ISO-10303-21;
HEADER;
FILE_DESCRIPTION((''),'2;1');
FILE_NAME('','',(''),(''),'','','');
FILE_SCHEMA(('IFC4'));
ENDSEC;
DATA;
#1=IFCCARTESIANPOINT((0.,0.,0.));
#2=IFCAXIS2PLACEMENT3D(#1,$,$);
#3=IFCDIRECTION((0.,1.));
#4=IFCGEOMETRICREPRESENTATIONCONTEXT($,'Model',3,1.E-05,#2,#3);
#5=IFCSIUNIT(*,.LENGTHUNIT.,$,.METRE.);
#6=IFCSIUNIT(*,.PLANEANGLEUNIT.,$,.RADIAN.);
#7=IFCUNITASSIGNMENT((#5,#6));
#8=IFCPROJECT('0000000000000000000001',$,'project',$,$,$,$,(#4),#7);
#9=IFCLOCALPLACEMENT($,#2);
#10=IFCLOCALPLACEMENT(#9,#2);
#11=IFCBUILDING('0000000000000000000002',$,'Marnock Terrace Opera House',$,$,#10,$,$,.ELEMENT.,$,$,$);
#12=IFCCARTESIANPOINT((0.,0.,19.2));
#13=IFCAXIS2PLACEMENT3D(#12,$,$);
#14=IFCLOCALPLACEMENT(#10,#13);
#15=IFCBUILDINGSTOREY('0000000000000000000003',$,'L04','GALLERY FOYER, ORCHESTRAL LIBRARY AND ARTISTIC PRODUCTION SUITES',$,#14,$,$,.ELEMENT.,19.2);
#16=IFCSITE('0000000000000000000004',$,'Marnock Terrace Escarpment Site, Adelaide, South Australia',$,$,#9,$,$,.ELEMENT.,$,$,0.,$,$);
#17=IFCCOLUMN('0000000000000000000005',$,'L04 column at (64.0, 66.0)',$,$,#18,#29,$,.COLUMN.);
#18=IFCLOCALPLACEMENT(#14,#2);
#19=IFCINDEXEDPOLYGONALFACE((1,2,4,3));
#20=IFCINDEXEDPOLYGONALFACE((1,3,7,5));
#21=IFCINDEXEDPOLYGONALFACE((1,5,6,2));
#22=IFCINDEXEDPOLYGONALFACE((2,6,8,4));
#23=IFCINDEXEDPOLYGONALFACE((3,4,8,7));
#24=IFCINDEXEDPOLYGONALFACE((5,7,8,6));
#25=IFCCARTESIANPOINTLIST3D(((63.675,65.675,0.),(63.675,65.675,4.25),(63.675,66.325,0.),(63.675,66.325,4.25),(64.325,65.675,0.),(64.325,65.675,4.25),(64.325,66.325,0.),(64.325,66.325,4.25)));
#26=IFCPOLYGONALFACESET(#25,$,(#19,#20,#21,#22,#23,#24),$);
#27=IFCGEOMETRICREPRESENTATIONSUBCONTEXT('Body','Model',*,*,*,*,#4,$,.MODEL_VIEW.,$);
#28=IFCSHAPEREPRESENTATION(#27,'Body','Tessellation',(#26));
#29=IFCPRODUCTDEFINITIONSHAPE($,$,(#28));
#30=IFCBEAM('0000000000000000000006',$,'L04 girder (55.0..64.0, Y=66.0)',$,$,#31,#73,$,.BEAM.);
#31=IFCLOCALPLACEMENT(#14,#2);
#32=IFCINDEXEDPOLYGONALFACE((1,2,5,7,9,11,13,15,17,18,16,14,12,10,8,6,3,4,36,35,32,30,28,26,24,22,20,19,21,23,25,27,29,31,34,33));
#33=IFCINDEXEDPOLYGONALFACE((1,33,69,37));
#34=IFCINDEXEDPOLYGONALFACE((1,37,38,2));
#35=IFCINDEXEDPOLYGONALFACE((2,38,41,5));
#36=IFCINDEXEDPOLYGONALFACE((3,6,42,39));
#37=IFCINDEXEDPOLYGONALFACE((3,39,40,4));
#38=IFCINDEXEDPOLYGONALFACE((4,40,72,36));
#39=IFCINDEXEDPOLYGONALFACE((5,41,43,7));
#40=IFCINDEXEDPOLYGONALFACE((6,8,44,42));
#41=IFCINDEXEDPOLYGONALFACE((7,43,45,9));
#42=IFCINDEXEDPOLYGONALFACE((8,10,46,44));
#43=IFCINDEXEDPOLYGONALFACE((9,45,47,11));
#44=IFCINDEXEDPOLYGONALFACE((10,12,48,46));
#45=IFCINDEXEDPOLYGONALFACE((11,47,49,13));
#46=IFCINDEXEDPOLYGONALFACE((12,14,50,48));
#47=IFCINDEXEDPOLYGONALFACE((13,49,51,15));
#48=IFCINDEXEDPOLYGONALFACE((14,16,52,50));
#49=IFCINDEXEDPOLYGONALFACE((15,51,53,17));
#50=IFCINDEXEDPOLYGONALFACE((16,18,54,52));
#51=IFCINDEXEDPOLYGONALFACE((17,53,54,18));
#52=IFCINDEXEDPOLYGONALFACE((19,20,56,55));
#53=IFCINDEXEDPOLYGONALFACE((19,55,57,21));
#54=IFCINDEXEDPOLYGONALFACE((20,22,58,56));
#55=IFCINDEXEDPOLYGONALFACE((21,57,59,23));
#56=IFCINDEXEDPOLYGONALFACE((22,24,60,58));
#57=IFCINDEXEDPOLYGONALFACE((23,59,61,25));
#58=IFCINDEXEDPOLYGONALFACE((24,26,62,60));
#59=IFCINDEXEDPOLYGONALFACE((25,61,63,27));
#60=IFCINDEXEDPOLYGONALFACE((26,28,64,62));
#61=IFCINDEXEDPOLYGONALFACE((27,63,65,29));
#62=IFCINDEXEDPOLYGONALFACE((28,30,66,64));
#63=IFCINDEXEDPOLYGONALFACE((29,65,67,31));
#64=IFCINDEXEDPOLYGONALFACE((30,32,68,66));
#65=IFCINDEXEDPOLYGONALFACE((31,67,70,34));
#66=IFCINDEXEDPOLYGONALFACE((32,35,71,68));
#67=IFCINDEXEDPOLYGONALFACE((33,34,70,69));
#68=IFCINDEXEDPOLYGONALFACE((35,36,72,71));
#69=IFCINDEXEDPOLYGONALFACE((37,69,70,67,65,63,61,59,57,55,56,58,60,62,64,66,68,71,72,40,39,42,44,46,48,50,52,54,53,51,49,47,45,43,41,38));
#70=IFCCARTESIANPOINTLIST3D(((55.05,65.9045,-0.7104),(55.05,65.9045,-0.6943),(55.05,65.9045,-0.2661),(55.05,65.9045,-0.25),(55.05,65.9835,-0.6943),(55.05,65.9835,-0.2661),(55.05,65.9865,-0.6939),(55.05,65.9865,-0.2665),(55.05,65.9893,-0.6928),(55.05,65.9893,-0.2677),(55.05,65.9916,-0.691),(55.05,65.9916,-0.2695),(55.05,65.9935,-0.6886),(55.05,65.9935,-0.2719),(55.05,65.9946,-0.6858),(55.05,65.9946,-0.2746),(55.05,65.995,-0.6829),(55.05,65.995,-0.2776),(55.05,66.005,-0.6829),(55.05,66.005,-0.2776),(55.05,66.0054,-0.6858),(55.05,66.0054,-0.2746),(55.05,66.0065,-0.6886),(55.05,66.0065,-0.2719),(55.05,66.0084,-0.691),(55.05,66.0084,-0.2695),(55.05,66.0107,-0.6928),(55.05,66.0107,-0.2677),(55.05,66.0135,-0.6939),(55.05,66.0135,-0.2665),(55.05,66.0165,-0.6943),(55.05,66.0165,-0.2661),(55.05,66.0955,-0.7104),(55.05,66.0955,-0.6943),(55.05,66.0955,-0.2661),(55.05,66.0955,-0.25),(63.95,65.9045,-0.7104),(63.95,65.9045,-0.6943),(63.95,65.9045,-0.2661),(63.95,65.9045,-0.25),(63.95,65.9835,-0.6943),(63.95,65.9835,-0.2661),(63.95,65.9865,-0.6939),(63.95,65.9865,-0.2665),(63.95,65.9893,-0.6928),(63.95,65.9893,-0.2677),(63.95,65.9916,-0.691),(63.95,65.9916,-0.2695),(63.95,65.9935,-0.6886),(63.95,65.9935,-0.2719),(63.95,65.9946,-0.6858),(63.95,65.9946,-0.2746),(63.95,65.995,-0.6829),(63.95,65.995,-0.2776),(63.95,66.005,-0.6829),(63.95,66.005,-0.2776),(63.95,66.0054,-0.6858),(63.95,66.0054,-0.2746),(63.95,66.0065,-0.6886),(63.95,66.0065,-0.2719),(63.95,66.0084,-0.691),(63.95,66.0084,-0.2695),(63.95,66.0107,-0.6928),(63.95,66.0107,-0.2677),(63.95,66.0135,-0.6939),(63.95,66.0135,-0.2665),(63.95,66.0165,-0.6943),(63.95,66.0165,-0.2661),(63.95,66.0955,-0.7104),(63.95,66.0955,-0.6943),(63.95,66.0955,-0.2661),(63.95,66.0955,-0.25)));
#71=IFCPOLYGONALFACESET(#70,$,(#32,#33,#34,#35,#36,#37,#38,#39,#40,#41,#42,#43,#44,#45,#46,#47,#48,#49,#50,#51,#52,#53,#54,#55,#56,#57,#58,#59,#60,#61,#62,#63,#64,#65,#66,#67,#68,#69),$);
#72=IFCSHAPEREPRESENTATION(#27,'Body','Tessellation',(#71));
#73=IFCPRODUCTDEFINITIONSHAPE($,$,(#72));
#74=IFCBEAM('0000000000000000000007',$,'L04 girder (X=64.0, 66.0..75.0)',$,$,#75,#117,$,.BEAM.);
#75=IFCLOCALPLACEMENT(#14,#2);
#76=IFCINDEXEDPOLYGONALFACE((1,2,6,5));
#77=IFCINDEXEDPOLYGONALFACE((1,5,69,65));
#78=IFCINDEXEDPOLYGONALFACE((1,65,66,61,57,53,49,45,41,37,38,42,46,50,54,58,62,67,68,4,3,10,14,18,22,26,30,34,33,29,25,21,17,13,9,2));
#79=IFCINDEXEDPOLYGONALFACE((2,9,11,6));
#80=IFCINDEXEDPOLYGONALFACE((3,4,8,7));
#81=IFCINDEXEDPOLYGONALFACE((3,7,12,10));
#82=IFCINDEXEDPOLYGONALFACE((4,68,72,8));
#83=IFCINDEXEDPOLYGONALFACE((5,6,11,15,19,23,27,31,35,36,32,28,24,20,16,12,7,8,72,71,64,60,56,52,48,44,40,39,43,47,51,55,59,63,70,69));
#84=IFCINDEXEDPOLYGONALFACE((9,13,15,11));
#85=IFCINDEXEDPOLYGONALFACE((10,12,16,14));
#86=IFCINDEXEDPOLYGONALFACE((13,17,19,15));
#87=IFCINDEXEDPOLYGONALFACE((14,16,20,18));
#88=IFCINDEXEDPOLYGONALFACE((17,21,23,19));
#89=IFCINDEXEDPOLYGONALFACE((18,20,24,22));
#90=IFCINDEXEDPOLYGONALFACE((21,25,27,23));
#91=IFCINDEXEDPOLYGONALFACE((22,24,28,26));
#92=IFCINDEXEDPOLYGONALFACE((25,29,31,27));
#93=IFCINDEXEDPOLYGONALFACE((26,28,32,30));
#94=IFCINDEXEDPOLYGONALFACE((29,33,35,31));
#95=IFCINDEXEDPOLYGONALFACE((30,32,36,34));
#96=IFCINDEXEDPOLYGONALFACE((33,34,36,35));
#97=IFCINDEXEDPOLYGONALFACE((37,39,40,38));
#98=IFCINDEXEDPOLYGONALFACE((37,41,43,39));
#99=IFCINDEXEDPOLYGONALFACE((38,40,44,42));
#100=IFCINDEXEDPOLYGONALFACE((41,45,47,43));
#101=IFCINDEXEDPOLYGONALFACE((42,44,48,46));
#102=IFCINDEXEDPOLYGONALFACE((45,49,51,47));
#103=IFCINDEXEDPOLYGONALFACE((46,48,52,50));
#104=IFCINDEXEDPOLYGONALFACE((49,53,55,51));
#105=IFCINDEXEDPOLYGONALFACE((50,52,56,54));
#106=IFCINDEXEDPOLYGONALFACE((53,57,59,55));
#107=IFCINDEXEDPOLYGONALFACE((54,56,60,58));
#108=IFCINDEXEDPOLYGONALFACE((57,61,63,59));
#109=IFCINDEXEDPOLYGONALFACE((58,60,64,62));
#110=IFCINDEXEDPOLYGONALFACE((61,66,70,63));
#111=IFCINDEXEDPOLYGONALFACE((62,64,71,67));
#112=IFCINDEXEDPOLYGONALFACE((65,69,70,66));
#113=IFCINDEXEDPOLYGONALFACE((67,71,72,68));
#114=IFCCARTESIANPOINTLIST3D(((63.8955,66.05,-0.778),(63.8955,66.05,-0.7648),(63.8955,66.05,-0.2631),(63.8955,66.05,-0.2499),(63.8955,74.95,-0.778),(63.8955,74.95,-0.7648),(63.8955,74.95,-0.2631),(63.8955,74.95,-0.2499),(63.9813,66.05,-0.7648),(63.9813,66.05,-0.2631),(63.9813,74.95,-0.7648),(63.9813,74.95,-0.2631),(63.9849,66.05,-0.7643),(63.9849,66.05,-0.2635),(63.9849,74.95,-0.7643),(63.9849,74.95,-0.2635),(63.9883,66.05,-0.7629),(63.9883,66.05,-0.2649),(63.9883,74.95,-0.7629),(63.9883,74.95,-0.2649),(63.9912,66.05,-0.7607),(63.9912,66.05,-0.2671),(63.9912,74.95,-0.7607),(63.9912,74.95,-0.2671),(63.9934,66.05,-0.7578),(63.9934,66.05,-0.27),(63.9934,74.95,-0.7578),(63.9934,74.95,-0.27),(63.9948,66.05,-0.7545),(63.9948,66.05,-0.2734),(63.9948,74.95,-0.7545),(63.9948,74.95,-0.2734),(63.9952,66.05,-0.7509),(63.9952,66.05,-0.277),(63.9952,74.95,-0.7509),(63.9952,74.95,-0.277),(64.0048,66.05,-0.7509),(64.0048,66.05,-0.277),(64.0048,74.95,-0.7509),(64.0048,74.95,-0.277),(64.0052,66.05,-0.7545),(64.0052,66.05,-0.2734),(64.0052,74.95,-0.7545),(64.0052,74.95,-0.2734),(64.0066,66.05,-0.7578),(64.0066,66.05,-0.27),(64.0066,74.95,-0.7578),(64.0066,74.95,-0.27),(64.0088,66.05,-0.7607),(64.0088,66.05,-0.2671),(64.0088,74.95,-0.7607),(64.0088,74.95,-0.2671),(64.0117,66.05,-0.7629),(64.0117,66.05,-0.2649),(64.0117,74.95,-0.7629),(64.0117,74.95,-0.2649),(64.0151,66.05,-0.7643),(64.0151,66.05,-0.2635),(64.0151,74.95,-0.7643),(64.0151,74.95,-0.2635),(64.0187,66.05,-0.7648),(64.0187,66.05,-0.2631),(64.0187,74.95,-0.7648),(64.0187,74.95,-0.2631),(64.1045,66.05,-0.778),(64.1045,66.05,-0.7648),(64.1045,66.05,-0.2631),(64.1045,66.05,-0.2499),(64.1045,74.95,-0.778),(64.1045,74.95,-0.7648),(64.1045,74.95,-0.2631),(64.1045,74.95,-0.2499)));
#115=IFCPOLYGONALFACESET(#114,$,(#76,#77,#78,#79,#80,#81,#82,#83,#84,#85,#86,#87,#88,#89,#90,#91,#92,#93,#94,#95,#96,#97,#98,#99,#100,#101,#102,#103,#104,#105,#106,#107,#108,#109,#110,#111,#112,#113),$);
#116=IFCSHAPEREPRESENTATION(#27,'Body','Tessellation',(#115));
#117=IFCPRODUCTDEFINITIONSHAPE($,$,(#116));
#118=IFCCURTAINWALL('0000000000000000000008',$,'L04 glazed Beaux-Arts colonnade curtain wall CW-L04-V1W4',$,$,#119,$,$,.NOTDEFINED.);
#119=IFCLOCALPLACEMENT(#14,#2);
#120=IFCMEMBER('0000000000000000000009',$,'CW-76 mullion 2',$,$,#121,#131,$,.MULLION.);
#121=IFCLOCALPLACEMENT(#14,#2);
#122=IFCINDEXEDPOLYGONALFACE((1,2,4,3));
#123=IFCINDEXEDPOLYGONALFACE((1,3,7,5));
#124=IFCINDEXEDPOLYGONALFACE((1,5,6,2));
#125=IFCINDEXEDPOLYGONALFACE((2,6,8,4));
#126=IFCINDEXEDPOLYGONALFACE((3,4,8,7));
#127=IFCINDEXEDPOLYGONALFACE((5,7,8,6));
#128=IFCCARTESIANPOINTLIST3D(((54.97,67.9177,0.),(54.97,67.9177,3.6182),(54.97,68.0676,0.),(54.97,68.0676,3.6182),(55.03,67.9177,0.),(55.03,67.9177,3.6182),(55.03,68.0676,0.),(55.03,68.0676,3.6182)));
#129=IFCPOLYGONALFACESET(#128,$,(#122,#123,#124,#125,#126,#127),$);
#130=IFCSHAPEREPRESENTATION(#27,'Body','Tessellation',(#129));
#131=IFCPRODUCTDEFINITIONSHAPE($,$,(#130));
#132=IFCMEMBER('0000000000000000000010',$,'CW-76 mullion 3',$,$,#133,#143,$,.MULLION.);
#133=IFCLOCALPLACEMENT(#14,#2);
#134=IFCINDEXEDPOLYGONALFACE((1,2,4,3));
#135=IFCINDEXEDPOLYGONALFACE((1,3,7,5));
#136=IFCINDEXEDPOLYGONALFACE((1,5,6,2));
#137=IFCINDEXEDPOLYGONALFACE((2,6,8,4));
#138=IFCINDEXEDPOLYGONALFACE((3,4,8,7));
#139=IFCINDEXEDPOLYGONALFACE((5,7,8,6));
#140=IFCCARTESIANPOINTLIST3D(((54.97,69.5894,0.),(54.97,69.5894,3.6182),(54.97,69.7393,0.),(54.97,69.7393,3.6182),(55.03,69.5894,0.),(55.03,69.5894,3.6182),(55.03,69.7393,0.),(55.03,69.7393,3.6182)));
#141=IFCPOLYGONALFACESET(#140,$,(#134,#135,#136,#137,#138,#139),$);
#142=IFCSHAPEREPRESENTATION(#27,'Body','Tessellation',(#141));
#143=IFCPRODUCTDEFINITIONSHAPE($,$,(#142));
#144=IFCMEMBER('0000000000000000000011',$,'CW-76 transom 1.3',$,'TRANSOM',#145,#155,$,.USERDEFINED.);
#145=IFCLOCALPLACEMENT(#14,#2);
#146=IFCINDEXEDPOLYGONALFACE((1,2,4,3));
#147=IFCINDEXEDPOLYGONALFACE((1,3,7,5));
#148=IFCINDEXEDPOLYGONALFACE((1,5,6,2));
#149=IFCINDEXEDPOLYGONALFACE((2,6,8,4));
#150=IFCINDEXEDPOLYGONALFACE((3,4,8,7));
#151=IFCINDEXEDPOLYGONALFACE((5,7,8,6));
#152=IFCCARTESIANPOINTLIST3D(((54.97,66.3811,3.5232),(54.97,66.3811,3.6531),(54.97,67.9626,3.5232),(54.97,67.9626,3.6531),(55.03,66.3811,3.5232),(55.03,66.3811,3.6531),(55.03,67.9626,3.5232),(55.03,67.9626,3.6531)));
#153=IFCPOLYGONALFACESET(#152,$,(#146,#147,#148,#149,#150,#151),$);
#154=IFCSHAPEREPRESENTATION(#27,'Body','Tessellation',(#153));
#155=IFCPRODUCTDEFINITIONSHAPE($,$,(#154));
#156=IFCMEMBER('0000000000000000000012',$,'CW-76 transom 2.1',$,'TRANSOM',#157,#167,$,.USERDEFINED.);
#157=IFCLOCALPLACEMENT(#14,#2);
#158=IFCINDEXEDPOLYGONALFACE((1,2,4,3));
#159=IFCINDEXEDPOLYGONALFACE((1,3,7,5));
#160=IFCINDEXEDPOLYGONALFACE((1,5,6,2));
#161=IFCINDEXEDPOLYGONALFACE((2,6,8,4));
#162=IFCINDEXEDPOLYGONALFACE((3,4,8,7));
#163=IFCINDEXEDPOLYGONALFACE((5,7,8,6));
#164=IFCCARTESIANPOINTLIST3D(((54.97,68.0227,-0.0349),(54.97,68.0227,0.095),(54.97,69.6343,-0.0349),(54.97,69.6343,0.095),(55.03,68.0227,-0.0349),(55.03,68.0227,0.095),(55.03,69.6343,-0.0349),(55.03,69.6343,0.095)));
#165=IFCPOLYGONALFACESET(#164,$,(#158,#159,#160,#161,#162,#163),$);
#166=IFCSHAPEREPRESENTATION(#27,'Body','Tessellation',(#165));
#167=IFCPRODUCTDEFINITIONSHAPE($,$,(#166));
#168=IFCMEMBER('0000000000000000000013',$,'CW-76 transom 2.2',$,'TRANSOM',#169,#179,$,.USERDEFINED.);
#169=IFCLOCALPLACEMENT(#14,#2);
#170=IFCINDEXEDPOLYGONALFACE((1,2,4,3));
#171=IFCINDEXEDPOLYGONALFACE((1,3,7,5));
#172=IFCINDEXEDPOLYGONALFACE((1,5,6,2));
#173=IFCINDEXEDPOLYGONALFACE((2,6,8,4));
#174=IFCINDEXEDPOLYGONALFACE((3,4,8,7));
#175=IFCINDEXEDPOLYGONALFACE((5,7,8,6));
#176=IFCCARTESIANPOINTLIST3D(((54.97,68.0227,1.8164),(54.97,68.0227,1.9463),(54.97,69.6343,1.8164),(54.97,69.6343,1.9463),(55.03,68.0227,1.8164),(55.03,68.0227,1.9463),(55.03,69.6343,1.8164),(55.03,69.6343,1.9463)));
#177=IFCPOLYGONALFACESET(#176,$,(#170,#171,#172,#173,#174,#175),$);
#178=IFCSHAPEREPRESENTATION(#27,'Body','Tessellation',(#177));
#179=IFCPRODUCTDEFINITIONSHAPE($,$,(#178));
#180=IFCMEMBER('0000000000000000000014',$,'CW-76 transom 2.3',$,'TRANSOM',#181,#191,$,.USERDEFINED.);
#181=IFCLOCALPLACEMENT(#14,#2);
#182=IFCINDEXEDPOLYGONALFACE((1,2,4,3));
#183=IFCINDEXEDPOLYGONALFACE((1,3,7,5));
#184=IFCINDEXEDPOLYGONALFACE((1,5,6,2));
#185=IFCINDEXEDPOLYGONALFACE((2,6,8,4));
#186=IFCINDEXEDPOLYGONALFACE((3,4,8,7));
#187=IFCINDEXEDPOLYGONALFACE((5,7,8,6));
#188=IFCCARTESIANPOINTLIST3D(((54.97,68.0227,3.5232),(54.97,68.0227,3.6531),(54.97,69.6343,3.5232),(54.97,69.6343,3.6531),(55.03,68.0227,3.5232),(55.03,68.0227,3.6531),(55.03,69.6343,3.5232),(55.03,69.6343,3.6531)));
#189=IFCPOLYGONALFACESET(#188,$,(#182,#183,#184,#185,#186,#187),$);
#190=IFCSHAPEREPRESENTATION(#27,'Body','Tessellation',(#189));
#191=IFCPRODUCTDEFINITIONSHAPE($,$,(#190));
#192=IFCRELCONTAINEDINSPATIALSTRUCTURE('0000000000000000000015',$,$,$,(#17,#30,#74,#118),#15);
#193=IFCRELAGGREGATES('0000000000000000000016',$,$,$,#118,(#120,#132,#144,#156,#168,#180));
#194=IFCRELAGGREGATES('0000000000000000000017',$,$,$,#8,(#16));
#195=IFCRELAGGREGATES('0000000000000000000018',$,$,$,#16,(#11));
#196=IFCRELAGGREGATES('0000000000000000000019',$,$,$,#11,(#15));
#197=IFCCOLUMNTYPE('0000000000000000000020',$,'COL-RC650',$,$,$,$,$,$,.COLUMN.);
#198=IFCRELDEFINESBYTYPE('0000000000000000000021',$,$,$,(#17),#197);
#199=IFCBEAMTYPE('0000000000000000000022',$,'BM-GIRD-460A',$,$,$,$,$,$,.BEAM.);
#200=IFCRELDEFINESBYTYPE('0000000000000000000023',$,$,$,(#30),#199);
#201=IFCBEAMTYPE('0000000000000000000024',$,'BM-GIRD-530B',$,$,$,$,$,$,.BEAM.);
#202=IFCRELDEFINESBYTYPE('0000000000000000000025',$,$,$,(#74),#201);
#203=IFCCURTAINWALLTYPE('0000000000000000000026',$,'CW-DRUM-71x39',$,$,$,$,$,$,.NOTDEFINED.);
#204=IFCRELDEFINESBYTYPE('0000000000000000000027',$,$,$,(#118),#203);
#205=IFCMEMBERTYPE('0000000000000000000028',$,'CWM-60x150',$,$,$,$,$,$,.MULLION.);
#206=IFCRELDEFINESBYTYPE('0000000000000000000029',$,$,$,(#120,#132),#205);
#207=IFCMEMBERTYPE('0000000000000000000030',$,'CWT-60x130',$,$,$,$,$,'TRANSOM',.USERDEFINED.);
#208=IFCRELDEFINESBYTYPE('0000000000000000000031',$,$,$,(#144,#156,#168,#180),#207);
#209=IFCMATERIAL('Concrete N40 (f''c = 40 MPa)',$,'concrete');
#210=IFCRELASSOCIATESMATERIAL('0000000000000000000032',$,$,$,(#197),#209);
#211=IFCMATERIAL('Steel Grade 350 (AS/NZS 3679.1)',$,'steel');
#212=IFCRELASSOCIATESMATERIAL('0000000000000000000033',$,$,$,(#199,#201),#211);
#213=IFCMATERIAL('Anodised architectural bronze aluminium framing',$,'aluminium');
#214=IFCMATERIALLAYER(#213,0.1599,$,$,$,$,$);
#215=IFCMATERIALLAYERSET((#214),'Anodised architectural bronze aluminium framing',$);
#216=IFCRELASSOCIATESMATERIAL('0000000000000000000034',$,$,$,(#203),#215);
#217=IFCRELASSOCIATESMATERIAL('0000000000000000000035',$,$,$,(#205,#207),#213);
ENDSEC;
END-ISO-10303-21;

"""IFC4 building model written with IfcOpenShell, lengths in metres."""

from ifc_helpers import new_model, si_unit, direction, frame, origin, origin_2d, place, context, subcontext, project, spatial, rectangle, i_section, extrude, material, layer, layer_set, material_profile, profile_set, type_object, element, aggregate, save


model = new_model("IFC4")

# Units and contexts
model_context = context("Model", 3, precision=1e-05, world=origin(), true_north=direction((0.0, 1.0)))
body_context = subcontext(model_context, "Body", "Model", "MODEL_VIEW")
ifc_project = project(units=[si_unit("LENGTHUNIT", "METRE"), si_unit("PLANEANGLEUNIT", "RADIAN")], contexts=[model_context])

# Site, building, storey
site_placement = place(None, origin())
site = spatial("IfcSite", under=ifc_project, at=site_placement, Name="Marnock Terrace Escarpment Site, Adelaide, South Australia", CompositionType="ELEMENT", RefElevation=0.0)
building_placement = place(site_placement, origin())
building = spatial("IfcBuilding", under=site, at=building_placement, Name="Marnock Terrace Opera House", CompositionType="ELEMENT")
storey_placement = place(building_placement, frame((0.0, 0.0, 19.2)))
storey = spatial("IfcBuildingStorey", under=building, at=storey_placement, Name="L04", Description="GALLERY FOYER, ORCHESTRAL LIBRARY AND ARTISTIC PRODUCTION SUITES", CompositionType="ELEMENT", Elevation=19.2)

# Column
ifc_material_1 = material(Name="Concrete N40 (f'c = 40 MPa)", Category="concrete")
ifc_material_profile_1 = material_profile(ifc_material_1, rectangle(XDim=0.6499, YDim=0.6499, at=origin_2d()))
ifc_profile_set_1 = profile_set([ifc_material_profile_1], Name="Concrete N40 (f'c = 40 MPa)")
column_type = type_object("IfcColumnType", Name="COL-RC650", PredefinedType="COLUMN", material=ifc_profile_set_1)
column_placement = place(storey_placement, frame((64.0, 66.0, 0.0), z_axis=(0.0, 0.0, 1.0), x_axis=(1.0, 0.0, 0.0)))
element("IfcColumn", 1, at=column_placement, inside=storey, type_object=column_type, Name="L04 column at (64.0, 66.0)", PredefinedType="COLUMN", context=body_context, shape_type="SweptSolid", body=[
    extrude(rectangle(XDim=0.6499, YDim=0.6499, at=origin_2d()), origin(), (0.0, 0.0, 1.0), 4.25),
])

# Beams
ifc_material_2 = material(Name="Steel Grade 350 (AS/NZS 3679.1)", Category="steel")
ifc_material_profile_2 = material_profile(ifc_material_2, i_section(OverallWidth=0.1909, OverallDepth=0.4604, WebThickness=0.01, FlangeThickness=0.0161, FilletRadius=0.0115, at=origin_2d()))
ifc_profile_set_2 = profile_set([ifc_material_profile_2], Name="Steel Grade 350 (AS/NZS 3679.1)")
beam_type_1 = type_object("IfcBeamType", Name="BM-GIRD-460A", PredefinedType="BEAM", material=ifc_profile_set_2)
beam_1_placement = place(storey_placement, frame((55.05, 66.0, -0.4802), z_axis=(1.0, 0.0, 0.0), x_axis=(0.0, 1.0, 0.0)))
element("IfcBeam", 2, at=beam_1_placement, inside=storey, type_object=beam_type_1, Name="L04 girder (55.0..64.0, Y=66.0)", PredefinedType="BEAM", context=body_context, shape_type="SweptSolid", body=[
    extrude(i_section(OverallWidth=0.1909, OverallDepth=0.4604, WebThickness=0.01, FlangeThickness=0.0161, FilletRadius=0.0115, at=origin_2d()), origin(), (0.0, 0.0, 1.0), 8.8999),
])
ifc_material_profile_3 = material_profile(ifc_material_2, i_section(OverallWidth=0.209, OverallDepth=0.5281, WebThickness=0.0095, FlangeThickness=0.0132, FilletRadius=0.0139, at=origin_2d()))
ifc_profile_set_3 = profile_set([ifc_material_profile_3], Name="Steel Grade 350 (AS/NZS 3679.1)")
beam_type_2 = type_object("IfcBeamType", Name="BM-GIRD-530B", PredefinedType="BEAM", material=ifc_profile_set_3)
beam_2_placement = place(storey_placement, frame((64.0, 66.05, -0.5139), z_axis=(0.0, 1.0, 0.0), x_axis=(-1.0, 0.0, 0.0)))
element("IfcBeam", 3, at=beam_2_placement, inside=storey, type_object=beam_type_2, Name="L04 girder (X=64.0, 66.0..75.0)", PredefinedType="BEAM", context=body_context, shape_type="SweptSolid", body=[
    extrude(i_section(OverallWidth=0.209, OverallDepth=0.5281, WebThickness=0.0095, FlangeThickness=0.0132, FilletRadius=0.0139, at=origin_2d()), origin(), (0.0, 0.0, 1.0), 8.8999),
])

# Curtain wall, members
ifc_material_3 = material(Name="Anodised architectural bronze aluminium framing", Category="aluminium")
ifc_layer_1 = layer(ifc_material_3, 0.1599)
ifc_layer_set_1 = layer_set([ifc_layer_1], Name="Anodised architectural bronze aluminium framing")
curtain_wall_type = type_object("IfcCurtainWallType", Name="CW-DRUM-71x39", PredefinedType="NOTDEFINED", material=ifc_layer_set_1)
curtain_wall_placement = place(storey_placement, origin())
curtain_wall = element("IfcCurtainWall", 4, at=curtain_wall_placement, inside=storey, type_object=curtain_wall_type, Name="L04 glazed Beaux-Arts colonnade curtain wall CW-L04-V1W4", PredefinedType="NOTDEFINED")
ifc_material_profile_4 = material_profile(ifc_material_3, rectangle(XDim=0.0601, YDim=0.1499, at=origin_2d()))
ifc_profile_set_4 = profile_set([ifc_material_profile_4], Name="Anodised architectural bronze aluminium framing")
member_type_1 = type_object("IfcMemberType", Name="CWM-60x150", PredefinedType="MULLION", material=ifc_profile_set_4)
member_1_placement = place(storey_placement, frame((55.0, 67.9927, 0.0), z_axis=(0.0, 0.0, 1.0), x_axis=(-1.0, 0.0, 0.0)))
member_1 = element("IfcMember", 5, at=member_1_placement, type_object=member_type_1, Name="CW-76 mullion 2", PredefinedType="MULLION", context=body_context, shape_type="SweptSolid", body=[
    extrude(rectangle(XDim=0.0601, YDim=0.1499, at=origin_2d()), origin(), (0.0, 0.0, 1.0), 3.6182),
])
member_2_placement = place(storey_placement, frame((55.0, 69.6643, 0.0), z_axis=(0.0, 0.0, 1.0), x_axis=(-1.0, 0.0, 0.0)))
member_2 = element("IfcMember", 6, at=member_2_placement, type_object=member_type_1, Name="CW-76 mullion 3", PredefinedType="MULLION", context=body_context, shape_type="SweptSolid", body=[
    extrude(rectangle(XDim=0.0601, YDim=0.1499, at=origin_2d()), origin(), (0.0, 0.0, 1.0), 3.6182),
])
ifc_material_profile_5 = material_profile(ifc_material_3, rectangle(XDim=0.0601, YDim=0.1299, at=origin_2d()))
ifc_profile_set_5 = profile_set([ifc_material_profile_5], Name="Anodised architectural bronze aluminium framing")
member_type_2 = type_object("IfcMemberType", Name="CWT-60x130", ElementType="TRANSOM", PredefinedType="USERDEFINED", material=ifc_profile_set_5)
member_3_placement = place(storey_placement, frame((55.0, 66.3811, 3.5881), z_axis=(0.0, 1.0, 0.0), x_axis=(-1.0, 0.0, 0.0)))
member_3 = element("IfcMember", 7, at=member_3_placement, type_object=member_type_2, Name="CW-76 transom 1.3", ObjectType="TRANSOM", PredefinedType="USERDEFINED", context=body_context, shape_type="SweptSolid", body=[
    extrude(rectangle(XDim=0.0601, YDim=0.1299, at=origin_2d()), origin(), (0.0, 0.0, 1.0), 1.5815),
])
member_4_placement = place(storey_placement, frame((55.0, 68.0227, 0.03), z_axis=(0.0, 1.0, 0.0), x_axis=(-1.0, 0.0, 0.0)))
member_4 = element("IfcMember", 8, at=member_4_placement, type_object=member_type_2, Name="CW-76 transom 2.1", ObjectType="TRANSOM", PredefinedType="USERDEFINED", context=body_context, shape_type="SweptSolid", body=[
    extrude(rectangle(XDim=0.0601, YDim=0.1299, at=origin_2d()), origin(), (0.0, 0.0, 1.0), 1.6116),
])
member_5_placement = place(storey_placement, frame((55.0, 68.0227, 1.8813), z_axis=(0.0, 1.0, 0.0), x_axis=(-1.0, 0.0, 0.0)))
member_5 = element("IfcMember", 9, at=member_5_placement, type_object=member_type_2, Name="CW-76 transom 2.2", ObjectType="TRANSOM", PredefinedType="USERDEFINED", context=body_context, shape_type="SweptSolid", body=[
    extrude(rectangle(XDim=0.0601, YDim=0.1299, at=origin_2d()), origin(), (0.0, 0.0, 1.0), 1.6116),
])
member_6_placement = place(storey_placement, frame((55.0, 68.0227, 3.5881), z_axis=(0.0, 1.0, 0.0), x_axis=(-1.0, 0.0, 0.0)))
member_6 = element("IfcMember", 10, at=member_6_placement, type_object=member_type_2, Name="CW-76 transom 2.3", ObjectType="TRANSOM", PredefinedType="USERDEFINED", context=body_context, shape_type="SweptSolid", body=[
    extrude(rectangle(XDim=0.0601, YDim=0.1299, at=origin_2d()), origin(), (0.0, 0.0, 1.0), 1.6116),
])
aggregate(curtain_wall, [member_1, member_2, member_3, member_4, member_5, member_6])

save(model, "model.ifc")
